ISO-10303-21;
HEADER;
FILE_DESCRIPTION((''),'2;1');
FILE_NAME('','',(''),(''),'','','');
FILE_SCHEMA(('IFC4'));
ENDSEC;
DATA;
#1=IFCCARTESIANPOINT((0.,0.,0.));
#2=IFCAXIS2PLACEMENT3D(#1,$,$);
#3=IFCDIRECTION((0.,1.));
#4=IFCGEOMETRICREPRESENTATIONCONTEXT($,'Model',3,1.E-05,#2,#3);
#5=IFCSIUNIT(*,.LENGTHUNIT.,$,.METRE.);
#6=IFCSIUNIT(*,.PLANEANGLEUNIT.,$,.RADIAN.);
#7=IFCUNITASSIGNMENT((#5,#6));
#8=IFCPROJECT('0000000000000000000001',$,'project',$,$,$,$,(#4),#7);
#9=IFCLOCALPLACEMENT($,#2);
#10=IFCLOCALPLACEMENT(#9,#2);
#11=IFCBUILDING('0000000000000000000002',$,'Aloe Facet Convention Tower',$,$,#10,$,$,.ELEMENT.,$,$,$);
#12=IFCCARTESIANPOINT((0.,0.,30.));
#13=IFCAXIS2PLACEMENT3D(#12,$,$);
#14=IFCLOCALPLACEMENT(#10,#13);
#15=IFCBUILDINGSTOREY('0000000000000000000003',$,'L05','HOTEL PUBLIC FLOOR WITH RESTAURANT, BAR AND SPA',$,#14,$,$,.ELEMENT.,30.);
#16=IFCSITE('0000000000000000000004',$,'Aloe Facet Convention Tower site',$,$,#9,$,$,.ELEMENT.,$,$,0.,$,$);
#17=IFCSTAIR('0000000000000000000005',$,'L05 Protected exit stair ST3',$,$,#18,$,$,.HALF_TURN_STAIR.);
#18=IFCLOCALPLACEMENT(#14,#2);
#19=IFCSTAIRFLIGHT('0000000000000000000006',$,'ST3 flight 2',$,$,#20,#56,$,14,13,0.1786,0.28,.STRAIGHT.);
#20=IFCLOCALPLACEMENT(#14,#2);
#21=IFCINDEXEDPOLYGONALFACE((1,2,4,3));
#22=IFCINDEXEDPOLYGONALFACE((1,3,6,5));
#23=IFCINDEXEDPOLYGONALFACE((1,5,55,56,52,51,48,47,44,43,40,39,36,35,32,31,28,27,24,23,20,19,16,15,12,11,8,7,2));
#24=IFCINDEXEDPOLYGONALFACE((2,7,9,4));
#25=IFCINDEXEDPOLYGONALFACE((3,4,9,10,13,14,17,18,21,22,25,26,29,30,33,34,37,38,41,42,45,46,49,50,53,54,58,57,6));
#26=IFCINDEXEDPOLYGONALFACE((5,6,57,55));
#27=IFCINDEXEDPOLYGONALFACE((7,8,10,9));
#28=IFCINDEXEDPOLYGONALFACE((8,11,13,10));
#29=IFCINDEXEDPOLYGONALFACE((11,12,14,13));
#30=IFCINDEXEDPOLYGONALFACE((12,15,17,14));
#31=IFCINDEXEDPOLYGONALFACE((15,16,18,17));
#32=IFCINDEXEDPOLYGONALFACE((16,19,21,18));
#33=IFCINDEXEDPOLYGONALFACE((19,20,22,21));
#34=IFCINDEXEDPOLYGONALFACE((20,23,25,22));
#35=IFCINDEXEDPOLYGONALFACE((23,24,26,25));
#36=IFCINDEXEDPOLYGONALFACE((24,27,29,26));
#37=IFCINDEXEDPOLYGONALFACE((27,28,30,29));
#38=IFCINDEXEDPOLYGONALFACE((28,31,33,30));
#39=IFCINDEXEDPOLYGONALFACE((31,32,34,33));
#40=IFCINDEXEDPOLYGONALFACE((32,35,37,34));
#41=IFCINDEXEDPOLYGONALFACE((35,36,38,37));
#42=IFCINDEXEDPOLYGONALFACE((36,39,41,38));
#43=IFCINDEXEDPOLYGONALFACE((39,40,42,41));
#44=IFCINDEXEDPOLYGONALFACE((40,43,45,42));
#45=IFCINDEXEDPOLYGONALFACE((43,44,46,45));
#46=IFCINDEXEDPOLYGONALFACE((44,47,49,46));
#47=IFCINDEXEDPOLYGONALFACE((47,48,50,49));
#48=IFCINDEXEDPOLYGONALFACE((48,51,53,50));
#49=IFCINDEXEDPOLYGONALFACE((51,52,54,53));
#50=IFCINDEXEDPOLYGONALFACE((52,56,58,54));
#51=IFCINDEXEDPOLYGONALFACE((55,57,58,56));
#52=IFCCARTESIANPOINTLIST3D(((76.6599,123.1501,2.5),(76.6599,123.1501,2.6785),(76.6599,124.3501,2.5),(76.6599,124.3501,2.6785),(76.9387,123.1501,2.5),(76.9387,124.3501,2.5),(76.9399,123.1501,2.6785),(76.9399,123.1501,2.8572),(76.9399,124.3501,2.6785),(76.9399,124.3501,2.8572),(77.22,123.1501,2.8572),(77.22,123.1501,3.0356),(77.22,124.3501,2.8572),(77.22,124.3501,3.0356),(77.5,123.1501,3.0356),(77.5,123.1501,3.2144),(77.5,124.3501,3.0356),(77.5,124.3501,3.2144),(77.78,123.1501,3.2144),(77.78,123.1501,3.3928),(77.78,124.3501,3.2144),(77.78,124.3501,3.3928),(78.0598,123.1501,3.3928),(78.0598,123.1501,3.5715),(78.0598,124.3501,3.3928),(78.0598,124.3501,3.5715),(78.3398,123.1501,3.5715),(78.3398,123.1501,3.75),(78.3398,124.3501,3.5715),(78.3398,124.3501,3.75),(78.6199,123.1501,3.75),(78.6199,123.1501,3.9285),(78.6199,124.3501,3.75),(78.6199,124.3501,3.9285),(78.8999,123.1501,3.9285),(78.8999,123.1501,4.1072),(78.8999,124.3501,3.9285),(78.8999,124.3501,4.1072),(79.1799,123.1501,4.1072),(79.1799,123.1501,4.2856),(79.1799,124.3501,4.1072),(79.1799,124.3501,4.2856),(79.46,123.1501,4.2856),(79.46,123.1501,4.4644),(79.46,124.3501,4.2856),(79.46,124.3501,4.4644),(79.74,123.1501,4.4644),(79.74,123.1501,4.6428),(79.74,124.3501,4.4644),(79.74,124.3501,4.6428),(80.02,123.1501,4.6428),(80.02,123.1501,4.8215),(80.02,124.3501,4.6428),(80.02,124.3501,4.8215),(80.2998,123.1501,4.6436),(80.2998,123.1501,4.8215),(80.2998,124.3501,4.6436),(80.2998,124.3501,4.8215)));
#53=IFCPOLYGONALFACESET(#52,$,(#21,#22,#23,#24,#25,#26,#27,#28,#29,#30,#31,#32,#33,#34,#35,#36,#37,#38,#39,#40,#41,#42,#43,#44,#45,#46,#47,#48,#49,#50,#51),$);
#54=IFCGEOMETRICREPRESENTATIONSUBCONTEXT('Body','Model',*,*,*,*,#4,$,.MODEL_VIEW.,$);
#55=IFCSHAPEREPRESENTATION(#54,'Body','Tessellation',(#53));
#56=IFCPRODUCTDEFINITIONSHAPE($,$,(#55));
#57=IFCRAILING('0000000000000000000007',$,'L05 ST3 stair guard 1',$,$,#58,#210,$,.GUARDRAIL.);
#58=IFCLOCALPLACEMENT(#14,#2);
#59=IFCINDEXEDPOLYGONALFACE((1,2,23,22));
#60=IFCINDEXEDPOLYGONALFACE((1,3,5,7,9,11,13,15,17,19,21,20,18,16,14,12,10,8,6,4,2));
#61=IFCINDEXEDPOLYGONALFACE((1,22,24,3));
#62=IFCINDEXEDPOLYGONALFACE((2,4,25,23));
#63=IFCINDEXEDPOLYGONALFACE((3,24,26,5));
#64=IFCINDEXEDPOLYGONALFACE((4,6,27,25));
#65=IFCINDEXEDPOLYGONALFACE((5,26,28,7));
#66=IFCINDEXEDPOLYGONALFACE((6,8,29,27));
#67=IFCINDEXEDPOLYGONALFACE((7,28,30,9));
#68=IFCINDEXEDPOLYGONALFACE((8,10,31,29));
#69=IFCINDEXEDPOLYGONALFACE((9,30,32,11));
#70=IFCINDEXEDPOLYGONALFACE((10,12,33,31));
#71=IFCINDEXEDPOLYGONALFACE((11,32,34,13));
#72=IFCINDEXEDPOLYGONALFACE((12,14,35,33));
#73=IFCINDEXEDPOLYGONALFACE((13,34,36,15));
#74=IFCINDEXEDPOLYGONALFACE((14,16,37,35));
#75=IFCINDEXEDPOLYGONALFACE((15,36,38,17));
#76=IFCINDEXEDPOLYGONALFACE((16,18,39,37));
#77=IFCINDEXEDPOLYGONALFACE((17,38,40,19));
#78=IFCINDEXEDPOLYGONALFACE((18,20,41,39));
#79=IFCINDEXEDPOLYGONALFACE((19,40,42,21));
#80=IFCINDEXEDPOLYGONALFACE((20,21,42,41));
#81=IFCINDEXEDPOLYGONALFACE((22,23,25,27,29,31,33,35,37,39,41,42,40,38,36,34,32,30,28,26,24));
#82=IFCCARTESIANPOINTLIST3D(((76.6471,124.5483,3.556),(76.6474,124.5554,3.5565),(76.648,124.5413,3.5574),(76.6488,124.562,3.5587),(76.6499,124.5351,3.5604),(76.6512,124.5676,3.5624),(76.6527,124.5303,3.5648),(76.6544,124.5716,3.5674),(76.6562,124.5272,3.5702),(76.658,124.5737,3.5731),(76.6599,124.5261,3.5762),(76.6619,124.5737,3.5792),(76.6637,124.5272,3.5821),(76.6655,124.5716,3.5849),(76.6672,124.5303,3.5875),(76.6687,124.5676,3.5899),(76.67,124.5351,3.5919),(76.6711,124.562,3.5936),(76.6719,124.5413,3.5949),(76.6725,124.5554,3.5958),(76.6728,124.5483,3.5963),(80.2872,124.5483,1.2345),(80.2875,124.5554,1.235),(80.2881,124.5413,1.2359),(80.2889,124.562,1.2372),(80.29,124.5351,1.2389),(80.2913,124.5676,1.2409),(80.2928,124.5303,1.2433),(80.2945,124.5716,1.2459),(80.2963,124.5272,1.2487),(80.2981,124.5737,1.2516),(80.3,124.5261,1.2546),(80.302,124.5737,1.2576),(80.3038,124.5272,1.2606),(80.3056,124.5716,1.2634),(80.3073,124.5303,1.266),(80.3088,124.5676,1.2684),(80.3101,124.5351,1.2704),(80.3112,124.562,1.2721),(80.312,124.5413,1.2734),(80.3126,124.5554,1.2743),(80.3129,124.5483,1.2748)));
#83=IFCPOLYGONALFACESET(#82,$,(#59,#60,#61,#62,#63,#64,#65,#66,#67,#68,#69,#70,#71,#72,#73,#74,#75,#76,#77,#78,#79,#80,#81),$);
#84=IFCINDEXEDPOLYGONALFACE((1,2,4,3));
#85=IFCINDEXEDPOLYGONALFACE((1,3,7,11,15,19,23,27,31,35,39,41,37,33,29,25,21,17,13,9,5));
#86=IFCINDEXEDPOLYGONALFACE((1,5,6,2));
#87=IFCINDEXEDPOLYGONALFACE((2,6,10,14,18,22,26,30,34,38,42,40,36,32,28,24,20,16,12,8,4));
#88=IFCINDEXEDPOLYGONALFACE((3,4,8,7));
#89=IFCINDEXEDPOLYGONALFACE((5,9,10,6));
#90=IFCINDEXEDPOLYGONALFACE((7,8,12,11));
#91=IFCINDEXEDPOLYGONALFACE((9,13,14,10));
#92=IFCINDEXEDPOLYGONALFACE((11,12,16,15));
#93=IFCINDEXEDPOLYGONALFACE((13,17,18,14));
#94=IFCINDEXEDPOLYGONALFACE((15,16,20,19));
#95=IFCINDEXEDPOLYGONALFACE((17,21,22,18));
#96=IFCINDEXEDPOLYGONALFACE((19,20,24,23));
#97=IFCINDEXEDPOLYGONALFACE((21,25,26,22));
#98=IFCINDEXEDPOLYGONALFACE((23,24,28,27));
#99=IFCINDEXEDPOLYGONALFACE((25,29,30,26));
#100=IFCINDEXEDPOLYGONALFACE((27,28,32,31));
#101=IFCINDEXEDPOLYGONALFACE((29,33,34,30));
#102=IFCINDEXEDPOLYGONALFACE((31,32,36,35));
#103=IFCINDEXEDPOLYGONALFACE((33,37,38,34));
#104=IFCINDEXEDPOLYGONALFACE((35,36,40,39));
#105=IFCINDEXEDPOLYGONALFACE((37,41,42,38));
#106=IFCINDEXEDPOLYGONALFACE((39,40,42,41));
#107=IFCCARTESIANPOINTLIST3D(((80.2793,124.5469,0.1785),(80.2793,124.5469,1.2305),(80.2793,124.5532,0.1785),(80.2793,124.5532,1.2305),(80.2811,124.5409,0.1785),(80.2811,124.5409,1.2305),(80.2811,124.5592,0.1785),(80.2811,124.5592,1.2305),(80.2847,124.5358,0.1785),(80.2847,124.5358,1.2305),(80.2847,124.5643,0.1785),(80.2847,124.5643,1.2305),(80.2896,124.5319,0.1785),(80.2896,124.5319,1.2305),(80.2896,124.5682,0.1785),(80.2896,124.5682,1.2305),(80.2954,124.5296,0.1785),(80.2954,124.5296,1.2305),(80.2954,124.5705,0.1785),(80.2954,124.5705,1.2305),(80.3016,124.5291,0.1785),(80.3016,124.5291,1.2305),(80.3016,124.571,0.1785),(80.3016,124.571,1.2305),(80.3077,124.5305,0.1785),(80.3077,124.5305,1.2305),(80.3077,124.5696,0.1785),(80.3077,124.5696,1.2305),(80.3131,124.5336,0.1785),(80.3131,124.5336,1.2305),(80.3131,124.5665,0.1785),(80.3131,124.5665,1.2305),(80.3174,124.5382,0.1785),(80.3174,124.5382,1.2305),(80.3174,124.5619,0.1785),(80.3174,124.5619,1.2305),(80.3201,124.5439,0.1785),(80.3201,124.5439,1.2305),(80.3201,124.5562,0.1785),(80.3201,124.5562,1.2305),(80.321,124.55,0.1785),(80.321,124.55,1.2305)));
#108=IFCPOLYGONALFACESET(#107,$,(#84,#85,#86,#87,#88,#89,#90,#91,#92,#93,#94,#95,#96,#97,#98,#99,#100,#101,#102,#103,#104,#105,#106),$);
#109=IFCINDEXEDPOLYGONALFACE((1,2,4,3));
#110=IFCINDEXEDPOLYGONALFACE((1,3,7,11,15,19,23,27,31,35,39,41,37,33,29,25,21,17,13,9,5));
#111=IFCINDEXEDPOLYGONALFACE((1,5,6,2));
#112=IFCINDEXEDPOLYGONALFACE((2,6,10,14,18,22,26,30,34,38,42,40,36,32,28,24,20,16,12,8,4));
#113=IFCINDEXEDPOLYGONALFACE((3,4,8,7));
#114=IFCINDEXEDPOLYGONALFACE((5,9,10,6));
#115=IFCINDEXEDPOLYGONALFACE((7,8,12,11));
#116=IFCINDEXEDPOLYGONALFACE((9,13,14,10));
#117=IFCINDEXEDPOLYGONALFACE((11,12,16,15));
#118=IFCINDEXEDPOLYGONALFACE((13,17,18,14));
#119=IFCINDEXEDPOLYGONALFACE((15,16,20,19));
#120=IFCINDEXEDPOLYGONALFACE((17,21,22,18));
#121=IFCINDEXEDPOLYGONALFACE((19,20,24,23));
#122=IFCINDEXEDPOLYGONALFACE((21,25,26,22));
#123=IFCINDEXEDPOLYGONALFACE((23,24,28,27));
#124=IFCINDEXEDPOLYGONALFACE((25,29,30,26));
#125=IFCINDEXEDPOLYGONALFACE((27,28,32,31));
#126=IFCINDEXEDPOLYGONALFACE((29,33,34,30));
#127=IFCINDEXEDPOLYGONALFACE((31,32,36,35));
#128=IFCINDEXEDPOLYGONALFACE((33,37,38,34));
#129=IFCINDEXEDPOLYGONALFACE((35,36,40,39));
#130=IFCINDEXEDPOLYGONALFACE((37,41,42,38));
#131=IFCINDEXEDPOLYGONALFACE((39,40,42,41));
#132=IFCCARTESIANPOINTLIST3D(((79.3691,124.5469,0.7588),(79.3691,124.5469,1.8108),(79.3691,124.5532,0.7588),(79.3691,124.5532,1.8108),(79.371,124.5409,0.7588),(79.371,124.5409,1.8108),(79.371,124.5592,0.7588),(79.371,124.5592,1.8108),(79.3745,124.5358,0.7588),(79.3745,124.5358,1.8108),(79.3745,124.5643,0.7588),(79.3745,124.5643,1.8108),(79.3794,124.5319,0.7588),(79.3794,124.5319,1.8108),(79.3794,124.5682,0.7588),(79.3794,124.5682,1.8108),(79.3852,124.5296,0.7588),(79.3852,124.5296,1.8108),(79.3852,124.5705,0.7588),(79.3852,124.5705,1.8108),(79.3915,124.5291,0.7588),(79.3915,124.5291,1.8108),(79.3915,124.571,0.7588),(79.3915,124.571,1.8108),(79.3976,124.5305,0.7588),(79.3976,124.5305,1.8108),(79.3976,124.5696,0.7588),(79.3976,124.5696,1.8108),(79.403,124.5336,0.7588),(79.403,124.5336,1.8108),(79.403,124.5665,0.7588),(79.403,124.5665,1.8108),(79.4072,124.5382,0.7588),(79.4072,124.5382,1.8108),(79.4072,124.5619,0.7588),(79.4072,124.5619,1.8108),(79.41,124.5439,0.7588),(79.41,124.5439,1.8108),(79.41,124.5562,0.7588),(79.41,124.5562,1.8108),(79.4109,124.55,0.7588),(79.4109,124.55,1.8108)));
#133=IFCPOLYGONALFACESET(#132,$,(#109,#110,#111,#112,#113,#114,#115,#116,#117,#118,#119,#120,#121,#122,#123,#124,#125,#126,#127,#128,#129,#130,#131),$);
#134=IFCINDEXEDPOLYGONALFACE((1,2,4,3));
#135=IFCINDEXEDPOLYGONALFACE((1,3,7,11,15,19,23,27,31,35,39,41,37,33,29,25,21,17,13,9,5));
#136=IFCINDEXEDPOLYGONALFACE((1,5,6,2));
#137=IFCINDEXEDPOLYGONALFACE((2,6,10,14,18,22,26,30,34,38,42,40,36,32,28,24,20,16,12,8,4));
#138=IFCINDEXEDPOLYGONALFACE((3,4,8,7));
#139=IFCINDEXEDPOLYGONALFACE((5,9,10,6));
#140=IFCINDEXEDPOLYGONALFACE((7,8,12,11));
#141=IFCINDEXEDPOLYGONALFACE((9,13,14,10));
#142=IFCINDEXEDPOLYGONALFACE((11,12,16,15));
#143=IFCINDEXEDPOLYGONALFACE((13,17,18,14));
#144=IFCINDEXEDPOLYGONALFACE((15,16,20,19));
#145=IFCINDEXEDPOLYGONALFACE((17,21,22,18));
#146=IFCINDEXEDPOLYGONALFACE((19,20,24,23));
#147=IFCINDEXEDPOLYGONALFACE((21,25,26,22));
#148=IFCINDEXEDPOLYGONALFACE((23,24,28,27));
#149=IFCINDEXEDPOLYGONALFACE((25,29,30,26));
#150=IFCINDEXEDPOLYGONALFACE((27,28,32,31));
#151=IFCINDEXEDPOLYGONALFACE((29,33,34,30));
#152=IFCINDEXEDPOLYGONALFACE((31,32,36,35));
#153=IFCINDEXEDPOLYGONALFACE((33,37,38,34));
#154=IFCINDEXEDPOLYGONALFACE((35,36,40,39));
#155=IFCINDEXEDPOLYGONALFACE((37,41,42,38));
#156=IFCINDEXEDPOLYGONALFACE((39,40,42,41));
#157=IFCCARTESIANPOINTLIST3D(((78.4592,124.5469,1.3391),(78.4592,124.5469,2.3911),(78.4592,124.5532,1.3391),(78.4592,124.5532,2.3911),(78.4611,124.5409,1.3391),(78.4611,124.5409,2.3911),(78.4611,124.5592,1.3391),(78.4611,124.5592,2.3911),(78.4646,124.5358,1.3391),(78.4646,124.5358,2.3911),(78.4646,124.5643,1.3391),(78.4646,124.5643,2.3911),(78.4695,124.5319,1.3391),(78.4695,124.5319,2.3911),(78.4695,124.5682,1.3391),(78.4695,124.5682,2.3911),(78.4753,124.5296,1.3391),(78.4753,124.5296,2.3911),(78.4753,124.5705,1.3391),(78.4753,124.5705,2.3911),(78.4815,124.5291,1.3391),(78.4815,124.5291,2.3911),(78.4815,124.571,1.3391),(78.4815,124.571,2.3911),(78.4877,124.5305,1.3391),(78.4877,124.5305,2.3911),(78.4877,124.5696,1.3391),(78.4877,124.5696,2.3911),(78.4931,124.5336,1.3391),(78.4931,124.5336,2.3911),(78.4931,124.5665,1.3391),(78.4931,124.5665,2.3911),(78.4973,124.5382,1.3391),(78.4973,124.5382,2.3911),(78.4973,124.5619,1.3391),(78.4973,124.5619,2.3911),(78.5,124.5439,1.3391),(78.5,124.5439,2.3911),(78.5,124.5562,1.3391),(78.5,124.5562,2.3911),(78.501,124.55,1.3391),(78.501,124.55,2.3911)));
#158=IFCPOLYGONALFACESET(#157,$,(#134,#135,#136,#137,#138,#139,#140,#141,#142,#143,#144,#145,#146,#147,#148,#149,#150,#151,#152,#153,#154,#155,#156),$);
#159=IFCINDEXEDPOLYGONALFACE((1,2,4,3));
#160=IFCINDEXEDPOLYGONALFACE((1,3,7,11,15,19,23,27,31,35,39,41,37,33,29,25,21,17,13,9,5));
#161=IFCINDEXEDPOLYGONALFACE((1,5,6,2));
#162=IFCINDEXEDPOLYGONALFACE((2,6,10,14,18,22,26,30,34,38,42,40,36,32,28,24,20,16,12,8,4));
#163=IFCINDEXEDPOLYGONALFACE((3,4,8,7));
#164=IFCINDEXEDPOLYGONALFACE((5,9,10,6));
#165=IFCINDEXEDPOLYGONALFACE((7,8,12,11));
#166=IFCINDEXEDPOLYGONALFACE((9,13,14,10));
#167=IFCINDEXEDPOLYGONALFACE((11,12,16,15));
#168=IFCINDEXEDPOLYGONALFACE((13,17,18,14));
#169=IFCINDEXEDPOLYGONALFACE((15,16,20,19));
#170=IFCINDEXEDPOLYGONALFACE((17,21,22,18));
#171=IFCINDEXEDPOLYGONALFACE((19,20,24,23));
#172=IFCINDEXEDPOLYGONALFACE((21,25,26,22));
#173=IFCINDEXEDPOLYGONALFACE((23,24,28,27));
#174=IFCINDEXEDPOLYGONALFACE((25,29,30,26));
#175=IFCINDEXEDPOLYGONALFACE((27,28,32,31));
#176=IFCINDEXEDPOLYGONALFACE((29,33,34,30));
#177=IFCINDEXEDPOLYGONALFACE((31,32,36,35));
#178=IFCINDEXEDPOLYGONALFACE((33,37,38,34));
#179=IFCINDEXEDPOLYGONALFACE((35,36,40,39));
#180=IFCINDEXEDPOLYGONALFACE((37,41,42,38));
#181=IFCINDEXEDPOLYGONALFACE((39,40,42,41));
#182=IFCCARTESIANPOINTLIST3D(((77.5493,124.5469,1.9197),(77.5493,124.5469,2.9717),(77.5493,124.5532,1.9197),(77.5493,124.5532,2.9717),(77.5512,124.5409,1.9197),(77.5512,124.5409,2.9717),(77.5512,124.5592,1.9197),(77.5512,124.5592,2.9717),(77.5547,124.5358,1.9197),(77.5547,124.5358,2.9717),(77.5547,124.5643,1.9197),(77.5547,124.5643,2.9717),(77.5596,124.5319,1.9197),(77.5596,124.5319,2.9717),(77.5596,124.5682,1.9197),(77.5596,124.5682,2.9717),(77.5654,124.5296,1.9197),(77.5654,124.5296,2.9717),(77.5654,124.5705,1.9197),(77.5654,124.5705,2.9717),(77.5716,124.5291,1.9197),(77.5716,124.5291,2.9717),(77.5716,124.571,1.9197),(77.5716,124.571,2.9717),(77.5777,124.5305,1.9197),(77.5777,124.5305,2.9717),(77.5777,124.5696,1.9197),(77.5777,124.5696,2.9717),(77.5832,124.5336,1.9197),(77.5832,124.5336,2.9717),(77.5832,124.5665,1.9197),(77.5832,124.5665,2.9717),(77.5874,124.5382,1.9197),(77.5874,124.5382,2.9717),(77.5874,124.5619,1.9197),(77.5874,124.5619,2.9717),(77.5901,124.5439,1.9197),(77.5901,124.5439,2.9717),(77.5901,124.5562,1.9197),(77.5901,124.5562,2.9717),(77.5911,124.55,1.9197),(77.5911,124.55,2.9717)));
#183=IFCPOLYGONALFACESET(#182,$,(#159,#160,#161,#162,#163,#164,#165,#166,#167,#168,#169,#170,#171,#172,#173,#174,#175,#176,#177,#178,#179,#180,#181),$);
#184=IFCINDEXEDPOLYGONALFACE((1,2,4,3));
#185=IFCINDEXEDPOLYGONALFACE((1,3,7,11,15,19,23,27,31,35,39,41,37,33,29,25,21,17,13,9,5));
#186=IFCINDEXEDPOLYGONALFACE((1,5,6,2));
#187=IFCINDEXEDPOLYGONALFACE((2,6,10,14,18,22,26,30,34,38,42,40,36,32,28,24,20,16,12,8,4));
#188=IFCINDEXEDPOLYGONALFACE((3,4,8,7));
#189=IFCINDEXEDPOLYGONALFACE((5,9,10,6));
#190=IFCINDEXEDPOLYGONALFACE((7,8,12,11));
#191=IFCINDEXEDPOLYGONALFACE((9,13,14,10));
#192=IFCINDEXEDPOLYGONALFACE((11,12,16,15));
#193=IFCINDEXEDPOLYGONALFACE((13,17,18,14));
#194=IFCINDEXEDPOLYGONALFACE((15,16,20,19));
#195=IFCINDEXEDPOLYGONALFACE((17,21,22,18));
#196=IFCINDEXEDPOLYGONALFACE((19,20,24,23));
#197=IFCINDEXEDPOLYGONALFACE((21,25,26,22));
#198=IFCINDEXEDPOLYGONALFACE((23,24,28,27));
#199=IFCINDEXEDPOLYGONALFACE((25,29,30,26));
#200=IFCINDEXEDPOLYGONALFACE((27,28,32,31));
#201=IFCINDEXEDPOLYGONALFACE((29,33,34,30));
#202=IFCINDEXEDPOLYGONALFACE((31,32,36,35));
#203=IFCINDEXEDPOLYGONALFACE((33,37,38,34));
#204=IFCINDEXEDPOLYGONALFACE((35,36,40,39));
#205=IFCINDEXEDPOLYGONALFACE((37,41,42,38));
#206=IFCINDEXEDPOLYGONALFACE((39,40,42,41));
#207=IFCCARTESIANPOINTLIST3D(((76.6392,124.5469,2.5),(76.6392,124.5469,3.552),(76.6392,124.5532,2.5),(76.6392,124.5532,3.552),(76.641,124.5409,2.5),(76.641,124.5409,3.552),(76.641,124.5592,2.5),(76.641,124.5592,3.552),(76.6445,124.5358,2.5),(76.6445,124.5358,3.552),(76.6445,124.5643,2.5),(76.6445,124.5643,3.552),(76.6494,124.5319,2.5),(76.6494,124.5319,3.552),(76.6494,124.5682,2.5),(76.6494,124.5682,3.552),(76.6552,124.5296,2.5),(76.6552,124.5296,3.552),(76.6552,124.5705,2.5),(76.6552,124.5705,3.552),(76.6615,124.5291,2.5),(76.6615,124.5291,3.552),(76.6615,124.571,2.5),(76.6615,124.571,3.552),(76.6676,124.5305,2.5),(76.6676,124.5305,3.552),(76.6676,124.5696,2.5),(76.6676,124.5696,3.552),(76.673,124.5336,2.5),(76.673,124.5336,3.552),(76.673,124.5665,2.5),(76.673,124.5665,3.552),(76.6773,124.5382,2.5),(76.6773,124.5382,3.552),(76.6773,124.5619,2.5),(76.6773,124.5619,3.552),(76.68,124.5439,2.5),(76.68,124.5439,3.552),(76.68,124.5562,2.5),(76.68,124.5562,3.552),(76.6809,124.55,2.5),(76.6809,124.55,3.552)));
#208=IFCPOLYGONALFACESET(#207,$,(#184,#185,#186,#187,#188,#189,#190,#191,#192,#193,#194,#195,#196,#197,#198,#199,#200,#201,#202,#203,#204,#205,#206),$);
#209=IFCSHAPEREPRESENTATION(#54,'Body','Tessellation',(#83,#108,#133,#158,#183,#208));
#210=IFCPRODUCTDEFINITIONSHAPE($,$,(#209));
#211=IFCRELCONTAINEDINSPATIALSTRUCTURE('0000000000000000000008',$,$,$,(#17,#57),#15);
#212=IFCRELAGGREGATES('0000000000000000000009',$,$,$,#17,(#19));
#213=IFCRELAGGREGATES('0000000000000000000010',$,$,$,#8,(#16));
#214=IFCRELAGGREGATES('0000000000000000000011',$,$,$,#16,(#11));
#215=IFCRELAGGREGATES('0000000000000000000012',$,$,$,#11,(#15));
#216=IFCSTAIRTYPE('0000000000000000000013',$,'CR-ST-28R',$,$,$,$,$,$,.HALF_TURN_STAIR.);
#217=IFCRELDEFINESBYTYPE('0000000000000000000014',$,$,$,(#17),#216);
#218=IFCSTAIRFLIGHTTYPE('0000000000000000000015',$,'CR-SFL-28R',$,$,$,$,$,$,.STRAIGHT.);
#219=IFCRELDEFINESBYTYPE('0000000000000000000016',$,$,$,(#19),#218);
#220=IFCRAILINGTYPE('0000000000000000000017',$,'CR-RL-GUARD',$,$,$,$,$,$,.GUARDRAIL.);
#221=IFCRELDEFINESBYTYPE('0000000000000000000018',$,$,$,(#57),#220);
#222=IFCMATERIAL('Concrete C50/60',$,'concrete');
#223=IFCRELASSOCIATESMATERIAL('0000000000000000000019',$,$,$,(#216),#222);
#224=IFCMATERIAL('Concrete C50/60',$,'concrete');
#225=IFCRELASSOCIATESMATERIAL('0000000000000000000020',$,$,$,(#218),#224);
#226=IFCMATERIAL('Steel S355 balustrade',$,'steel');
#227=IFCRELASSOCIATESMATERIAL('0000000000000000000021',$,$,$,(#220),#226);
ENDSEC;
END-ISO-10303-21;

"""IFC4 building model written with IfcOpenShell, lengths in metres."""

from ifc_helpers import new_model, si_unit, direction, frame, origin, origin_2d, place, context, subcontext, project, spatial, polyline, circle, outline, extrude, material, type_object, element, aggregate, save


model = new_model("IFC4")

# Units and contexts
model_context = context("Model", 3, precision=1e-05, world=origin(), true_north=direction((0.0, 1.0)))
body_context = subcontext(model_context, "Body", "Model", "MODEL_VIEW")
ifc_project = project(units=[si_unit("LENGTHUNIT", "METRE"), si_unit("PLANEANGLEUNIT", "RADIAN")], contexts=[model_context])

# Site, building, storey
site_placement = place(None, origin())
site = spatial("IfcSite", under=ifc_project, at=site_placement, Name="Aloe Facet Convention Tower site", CompositionType="ELEMENT", RefElevation=0.0)
building_placement = place(site_placement, origin())
building = spatial("IfcBuilding", under=site, at=building_placement, Name="Aloe Facet Convention Tower", CompositionType="ELEMENT")
storey_placement = place(building_placement, frame((0.0, 0.0, 30.0)))
storey = spatial("IfcBuildingStorey", under=building, at=storey_placement, Name="L05", Description="HOTEL PUBLIC FLOOR WITH RESTAURANT, BAR AND SPA", CompositionType="ELEMENT", Elevation=30.0)

# Stair, stair flight
ifc_material_1 = material(Name="Concrete C50/60", Category="concrete")
stair_type = type_object("IfcStairType", Name="CR-ST-28R", PredefinedType="HALF_TURN_STAIR", material=ifc_material_1)
stair_placement = place(storey_placement, origin())
stair = element("IfcStair", 1, at=stair_placement, inside=storey, type_object=stair_type, Name="L05 Protected exit stair ST3", PredefinedType="HALF_TURN_STAIR")
ifc_material_2 = material(Name="Concrete C50/60", Category="concrete")
stair_flight_type = type_object("IfcStairFlightType", Name="CR-SFL-28R", PredefinedType="STRAIGHT", material=ifc_material_2)
stair_flight_1_placement = place(storey_placement, frame((76.6599, 123.75, 2.5), z_axis=(0.0, 0.0, 1.0), x_axis=(1.0, 0.0, 0.0)))
stair_flight_1 = element("IfcStairFlight", 2, at=stair_flight_1_placement, type_object=stair_flight_type, Name="ST3 flight 2", NumberOfRisers=14, NumberOfTreads=13, PredefinedType="STRAIGHT", RiserHeight=0.1786, TreadLength=0.28, context=body_context, shape_type="SweptSolid", body=[
    extrude(outline(polyline([(0.0, 0.0), (0.0, 0.1785), (0.28, 0.1785), (0.28, 0.3572), (0.5601, 0.3572), (0.5601, 0.5356), (0.8401, 0.5356), (0.8401, 0.7144), (1.1201, 0.7144), (1.1201, 0.8928), (1.3999, 0.8928), (1.3999, 1.0715), (1.6799, 1.0715), (1.6799, 1.25), (1.96, 1.25), (1.96, 1.4285), (2.24, 1.4285), (2.24, 1.6072), (2.52, 1.6072), (2.52, 1.7856), (2.8, 1.7856), (2.8, 1.9644), (3.0801, 1.9644), (3.0801, 2.1428), (3.3601, 2.1428), (3.3601, 2.3215), (3.6399, 2.3215), (3.6399, 2.5), (3.6399, 2.1436), (0.2788, 0.0), (0.0, 0.0)])), frame((0.0, 0.6001, 0.0), z_axis=(0.0, -1.0, 0.0), x_axis=(1.0, 0.0, 0.0)), (0.0, 0.0, 1.0), 1.2),
])
aggregate(stair, [stair_flight_1])

# Railing
ifc_material_3 = material(Name="Steel S355 balustrade", Category="steel")
railing_type_1 = type_object("IfcRailingType", Name="CR-RL-GUARD", PredefinedType="GUARDRAIL", material=ifc_material_3)
railing_1_placement = place(storey_placement, frame((80.3, 124.55, 0.1785)))
element("IfcRailing", 3, at=railing_1_placement, inside=storey, type_object=railing_type_1, Name="L05 ST3 stair guard 1", PredefinedType="GUARDRAIL", context=body_context, shape_type="SweptSolid", body=[
    extrude(circle(Radius=0.0239, at=origin_2d()), frame((0.0, 0.0, 1.0762), z_axis=(-0.843128, 0.0, 0.537713), x_axis=(0.0, -1.0, 0.0)), (0.0, 0.0, 1.0), 4.3174),
    extrude(circle(Radius=0.021, at=origin_2d()), origin(), (0.0, 0.0, 1.0), 1.052),
    extrude(circle(Radius=0.021, at=origin_2d()), frame((-0.9102, 0.0, 0.5803)), (0.0, 0.0, 1.0), 1.052),
    extrude(circle(Radius=0.021, at=origin_2d()), frame((-1.8201, 0.0, 1.1606)), (0.0, 0.0, 1.0), 1.052),
    extrude(circle(Radius=0.021, at=origin_2d()), frame((-2.73, 0.0, 1.7412)), (0.0, 0.0, 1.0), 1.052),
    extrude(circle(Radius=0.021, at=origin_2d()), frame((-3.6401, 0.0, 2.3215)), (0.0, 0.0, 1.0), 1.052),
])

save(model, "model.ifc")
